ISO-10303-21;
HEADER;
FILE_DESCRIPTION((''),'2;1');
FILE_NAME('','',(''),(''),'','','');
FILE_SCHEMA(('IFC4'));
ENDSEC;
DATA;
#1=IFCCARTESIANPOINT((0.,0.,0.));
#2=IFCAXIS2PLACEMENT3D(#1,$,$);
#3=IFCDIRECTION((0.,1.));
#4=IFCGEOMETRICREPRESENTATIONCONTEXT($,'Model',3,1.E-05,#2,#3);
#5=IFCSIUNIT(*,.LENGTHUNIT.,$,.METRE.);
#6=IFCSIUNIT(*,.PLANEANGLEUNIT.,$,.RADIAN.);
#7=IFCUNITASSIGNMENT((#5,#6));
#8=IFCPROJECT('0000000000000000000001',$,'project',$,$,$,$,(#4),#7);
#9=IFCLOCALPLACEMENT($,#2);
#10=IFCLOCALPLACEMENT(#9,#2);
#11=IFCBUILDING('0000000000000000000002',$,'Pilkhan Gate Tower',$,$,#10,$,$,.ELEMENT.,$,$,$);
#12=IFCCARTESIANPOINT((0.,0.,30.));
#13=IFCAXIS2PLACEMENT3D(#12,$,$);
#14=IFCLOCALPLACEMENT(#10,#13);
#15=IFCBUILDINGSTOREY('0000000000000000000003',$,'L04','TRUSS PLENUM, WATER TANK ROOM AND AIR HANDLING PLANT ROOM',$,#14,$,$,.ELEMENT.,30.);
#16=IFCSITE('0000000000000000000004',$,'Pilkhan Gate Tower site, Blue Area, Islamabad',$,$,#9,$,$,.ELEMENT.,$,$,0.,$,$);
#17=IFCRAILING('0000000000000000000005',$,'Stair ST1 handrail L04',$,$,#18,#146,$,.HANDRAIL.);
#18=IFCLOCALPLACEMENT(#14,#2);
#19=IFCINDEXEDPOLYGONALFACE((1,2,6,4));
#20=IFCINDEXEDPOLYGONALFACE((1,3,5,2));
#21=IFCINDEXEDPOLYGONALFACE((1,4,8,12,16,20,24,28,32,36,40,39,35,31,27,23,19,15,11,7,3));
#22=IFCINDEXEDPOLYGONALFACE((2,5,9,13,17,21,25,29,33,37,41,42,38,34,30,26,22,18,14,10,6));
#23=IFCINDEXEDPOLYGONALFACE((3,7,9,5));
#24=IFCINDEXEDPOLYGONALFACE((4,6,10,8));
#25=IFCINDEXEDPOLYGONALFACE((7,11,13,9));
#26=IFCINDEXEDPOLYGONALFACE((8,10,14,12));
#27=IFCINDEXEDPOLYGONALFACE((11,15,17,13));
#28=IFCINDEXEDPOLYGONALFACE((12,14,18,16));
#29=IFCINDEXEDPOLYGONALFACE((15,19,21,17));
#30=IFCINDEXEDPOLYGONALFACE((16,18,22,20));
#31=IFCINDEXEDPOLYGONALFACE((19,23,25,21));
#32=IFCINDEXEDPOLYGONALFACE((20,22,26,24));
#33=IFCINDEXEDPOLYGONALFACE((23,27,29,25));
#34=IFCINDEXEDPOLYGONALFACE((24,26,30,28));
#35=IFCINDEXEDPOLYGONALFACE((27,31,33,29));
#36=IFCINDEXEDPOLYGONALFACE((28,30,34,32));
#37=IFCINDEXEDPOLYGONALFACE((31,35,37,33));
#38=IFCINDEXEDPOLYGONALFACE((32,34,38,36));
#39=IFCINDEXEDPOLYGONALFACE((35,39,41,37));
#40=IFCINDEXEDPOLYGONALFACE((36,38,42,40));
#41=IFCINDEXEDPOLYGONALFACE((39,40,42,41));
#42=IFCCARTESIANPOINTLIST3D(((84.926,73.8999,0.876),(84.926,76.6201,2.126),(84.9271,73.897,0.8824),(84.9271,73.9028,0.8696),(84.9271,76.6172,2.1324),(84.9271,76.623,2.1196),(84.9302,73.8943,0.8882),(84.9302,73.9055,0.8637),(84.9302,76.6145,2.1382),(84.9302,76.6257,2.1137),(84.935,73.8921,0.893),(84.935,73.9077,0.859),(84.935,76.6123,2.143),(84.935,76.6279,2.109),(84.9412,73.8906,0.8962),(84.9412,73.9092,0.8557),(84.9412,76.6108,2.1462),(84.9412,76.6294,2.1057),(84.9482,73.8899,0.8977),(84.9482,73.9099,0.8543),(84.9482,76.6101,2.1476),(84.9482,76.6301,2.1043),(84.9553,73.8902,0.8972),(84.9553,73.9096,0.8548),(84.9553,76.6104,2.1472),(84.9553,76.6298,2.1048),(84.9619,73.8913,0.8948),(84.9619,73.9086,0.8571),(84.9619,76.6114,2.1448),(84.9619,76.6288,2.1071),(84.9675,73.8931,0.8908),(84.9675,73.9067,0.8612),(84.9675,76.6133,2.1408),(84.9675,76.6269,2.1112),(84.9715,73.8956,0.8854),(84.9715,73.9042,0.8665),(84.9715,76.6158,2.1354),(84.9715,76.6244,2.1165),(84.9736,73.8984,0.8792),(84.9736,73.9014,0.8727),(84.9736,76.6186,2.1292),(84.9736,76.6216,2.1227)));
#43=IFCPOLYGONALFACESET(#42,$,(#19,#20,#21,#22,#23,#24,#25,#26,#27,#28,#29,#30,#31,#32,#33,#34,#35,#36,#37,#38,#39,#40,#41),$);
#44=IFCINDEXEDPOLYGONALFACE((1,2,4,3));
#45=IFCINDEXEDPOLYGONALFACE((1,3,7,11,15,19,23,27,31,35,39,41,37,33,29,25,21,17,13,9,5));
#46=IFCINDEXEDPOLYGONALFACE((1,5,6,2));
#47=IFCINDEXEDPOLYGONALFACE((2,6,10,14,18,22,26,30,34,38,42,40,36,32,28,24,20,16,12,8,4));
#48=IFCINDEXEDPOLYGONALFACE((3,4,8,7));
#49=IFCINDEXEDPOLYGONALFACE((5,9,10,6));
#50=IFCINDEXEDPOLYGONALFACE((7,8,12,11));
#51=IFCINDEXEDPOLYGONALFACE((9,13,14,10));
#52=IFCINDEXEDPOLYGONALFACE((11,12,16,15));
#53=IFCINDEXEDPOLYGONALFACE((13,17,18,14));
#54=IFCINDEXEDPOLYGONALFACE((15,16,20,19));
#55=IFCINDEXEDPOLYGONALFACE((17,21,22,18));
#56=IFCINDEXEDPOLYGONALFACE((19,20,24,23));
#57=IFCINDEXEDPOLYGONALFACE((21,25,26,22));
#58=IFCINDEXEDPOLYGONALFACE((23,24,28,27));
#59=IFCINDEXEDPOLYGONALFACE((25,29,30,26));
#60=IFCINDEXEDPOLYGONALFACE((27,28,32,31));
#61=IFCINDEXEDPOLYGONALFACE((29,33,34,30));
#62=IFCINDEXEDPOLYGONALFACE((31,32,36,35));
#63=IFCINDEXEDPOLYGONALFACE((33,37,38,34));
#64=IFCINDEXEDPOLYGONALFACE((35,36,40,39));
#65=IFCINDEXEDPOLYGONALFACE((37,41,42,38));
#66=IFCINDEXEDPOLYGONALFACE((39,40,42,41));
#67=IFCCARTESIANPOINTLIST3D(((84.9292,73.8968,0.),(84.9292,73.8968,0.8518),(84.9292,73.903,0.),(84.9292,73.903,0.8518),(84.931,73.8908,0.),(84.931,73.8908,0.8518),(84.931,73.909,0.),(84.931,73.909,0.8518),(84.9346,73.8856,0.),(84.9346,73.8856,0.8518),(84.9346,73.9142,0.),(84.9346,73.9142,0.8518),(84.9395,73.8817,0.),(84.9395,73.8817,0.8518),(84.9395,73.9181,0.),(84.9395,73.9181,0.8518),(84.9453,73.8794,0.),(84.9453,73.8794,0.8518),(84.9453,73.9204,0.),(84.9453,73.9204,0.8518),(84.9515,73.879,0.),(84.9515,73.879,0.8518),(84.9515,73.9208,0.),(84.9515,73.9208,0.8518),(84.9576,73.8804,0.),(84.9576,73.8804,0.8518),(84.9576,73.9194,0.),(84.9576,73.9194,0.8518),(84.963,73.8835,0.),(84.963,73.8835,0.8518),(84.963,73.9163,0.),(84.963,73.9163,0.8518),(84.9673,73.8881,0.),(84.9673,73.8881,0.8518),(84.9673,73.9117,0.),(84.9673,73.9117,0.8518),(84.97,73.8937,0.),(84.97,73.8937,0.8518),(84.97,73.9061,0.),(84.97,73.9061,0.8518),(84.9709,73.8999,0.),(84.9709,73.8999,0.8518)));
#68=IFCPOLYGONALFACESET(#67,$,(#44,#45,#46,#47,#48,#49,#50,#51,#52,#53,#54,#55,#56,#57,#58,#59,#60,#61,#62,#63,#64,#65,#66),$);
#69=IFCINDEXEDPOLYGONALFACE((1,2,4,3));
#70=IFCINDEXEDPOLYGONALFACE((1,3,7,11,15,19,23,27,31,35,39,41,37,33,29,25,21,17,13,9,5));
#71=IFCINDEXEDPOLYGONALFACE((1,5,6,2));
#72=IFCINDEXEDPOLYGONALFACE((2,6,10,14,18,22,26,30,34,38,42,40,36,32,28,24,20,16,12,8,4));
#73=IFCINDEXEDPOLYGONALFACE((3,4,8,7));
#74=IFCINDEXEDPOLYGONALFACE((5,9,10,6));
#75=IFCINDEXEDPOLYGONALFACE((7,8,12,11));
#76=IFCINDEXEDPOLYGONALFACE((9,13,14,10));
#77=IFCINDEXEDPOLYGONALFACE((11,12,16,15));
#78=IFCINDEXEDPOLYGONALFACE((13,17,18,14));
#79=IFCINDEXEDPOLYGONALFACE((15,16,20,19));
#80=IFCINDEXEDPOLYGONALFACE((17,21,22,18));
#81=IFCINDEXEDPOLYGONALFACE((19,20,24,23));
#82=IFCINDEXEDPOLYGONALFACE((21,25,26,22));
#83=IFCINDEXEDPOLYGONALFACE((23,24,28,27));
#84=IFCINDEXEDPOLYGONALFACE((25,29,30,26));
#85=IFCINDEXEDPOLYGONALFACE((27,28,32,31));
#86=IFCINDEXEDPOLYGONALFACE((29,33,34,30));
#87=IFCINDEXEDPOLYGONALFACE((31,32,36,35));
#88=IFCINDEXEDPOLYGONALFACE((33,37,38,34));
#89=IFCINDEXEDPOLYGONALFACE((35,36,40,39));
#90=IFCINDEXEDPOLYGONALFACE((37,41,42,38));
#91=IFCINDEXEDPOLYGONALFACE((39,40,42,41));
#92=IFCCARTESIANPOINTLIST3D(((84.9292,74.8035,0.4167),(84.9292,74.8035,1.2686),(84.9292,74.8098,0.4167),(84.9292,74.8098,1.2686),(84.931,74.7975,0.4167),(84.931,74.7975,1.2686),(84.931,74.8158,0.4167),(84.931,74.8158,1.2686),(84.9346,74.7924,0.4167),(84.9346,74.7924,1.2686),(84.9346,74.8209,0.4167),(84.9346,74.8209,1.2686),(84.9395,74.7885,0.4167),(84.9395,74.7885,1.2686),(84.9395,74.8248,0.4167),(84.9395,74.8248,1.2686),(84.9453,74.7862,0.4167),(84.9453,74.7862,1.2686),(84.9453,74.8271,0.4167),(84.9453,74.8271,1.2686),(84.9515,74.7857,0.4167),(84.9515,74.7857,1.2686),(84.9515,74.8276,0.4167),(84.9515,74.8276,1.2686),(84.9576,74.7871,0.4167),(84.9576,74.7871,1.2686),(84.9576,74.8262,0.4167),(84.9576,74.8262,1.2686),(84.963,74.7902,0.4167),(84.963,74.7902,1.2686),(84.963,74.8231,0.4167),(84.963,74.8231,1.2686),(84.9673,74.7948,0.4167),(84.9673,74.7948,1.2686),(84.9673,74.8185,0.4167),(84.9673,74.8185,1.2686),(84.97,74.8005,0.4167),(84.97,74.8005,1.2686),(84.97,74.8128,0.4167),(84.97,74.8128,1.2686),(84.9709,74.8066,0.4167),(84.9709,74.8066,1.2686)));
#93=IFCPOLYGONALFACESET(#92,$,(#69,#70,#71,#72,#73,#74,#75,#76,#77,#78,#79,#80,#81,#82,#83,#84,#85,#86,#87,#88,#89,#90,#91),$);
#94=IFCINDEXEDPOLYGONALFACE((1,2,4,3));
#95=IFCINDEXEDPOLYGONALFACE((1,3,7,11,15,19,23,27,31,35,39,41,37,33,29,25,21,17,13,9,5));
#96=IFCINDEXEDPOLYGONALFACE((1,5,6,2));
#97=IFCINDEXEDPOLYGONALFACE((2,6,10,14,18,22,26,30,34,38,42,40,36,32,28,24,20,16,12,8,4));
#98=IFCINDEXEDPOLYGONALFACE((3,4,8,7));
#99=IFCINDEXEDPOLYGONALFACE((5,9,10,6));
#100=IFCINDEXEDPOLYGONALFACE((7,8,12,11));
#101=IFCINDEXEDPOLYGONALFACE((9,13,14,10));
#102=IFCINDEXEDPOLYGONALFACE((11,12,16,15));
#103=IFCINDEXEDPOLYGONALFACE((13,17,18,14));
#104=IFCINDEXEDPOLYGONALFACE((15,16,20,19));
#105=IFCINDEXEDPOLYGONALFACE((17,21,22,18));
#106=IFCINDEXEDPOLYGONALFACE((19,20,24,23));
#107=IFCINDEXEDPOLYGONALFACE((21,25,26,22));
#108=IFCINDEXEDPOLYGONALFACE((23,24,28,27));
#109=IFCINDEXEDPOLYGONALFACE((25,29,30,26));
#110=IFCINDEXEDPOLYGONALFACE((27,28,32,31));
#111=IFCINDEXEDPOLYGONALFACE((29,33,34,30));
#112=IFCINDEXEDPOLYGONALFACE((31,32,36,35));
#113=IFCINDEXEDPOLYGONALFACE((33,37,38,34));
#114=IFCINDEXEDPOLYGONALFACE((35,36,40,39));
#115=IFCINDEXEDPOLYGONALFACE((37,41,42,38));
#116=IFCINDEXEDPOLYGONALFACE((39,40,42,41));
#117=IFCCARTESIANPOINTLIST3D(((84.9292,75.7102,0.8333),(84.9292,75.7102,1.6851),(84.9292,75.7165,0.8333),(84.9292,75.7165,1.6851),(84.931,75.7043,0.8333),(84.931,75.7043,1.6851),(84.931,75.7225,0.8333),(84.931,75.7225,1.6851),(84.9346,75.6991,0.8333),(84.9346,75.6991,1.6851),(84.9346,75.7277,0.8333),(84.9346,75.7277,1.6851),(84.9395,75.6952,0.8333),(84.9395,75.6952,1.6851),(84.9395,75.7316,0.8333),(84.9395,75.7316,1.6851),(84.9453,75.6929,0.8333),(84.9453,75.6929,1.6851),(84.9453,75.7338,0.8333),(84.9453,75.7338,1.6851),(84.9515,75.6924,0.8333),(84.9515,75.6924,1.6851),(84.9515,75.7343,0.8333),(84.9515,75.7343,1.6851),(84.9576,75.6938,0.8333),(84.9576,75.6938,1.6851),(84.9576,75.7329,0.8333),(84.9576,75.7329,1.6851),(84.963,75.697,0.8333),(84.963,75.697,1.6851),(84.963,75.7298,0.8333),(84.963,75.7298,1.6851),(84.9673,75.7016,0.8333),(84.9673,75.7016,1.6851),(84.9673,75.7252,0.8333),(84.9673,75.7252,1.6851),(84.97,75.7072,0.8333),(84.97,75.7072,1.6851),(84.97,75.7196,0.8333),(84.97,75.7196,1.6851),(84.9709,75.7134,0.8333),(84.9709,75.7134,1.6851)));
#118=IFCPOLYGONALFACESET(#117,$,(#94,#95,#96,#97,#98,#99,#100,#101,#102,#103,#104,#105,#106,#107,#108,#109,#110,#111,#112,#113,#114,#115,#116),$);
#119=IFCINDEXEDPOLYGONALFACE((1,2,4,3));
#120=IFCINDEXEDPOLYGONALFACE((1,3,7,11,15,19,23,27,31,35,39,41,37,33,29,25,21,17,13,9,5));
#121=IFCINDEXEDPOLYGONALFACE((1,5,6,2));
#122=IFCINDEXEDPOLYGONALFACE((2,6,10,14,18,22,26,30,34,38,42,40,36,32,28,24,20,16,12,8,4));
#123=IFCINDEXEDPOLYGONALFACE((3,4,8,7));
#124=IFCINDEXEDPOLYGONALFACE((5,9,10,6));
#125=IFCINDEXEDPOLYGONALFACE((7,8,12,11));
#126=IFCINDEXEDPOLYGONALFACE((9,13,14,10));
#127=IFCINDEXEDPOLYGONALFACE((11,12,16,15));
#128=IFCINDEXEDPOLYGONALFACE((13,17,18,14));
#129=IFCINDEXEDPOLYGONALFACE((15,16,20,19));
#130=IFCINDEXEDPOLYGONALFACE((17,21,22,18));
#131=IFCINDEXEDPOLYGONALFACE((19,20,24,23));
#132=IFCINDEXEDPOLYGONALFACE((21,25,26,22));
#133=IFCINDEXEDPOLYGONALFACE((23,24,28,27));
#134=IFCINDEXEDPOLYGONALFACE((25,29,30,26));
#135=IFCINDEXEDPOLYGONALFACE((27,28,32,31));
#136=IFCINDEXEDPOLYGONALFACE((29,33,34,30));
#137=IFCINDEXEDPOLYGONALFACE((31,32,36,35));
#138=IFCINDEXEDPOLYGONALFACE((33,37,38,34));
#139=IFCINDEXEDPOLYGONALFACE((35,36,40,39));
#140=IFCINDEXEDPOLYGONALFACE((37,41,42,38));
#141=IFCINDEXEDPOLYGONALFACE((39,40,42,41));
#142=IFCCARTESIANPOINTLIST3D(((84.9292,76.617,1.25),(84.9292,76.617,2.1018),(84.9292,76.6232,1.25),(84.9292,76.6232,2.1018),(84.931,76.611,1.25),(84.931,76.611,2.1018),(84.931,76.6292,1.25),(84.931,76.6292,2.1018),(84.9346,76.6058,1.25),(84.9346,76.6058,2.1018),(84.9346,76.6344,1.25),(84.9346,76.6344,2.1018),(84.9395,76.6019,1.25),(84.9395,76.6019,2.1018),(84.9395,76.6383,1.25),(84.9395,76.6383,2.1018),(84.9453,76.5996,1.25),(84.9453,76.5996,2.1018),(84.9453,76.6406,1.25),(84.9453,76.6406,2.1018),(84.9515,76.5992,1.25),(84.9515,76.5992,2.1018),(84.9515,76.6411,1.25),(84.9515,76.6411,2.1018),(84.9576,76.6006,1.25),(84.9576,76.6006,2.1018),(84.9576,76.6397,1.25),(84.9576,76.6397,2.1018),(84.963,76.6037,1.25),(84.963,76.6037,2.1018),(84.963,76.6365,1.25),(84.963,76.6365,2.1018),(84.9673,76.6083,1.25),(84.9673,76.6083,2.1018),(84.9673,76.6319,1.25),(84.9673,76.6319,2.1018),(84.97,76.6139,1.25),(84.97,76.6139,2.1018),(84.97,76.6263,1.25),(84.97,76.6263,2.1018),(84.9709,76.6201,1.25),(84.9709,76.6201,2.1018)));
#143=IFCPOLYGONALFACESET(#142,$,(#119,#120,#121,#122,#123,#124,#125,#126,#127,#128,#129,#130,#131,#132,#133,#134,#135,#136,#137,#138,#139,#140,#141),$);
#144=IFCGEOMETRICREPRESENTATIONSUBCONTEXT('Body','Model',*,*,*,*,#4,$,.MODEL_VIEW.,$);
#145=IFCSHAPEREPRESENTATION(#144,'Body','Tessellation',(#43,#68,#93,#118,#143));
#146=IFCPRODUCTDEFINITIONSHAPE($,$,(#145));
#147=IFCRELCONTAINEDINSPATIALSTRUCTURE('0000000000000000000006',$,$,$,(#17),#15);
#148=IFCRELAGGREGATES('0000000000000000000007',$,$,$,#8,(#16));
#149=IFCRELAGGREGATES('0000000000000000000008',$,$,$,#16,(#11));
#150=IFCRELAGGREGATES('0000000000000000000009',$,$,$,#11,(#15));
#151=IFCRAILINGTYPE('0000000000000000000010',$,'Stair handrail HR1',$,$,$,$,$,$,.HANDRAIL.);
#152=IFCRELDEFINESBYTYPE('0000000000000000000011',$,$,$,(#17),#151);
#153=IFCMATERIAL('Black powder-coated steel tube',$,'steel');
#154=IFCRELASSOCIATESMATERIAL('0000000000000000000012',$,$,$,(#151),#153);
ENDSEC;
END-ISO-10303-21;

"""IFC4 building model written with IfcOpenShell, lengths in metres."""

from ifc_helpers import new_model, si_unit, direction, frame, origin, origin_2d, place, context, subcontext, project, spatial, circle, extrude, material, type_object, element, save


model = new_model("IFC4")

# Units and contexts
model_context = context("Model", 3, precision=1e-05, world=origin(), true_north=direction((0.0, 1.0)))
body_context = subcontext(model_context, "Body", "Model", "MODEL_VIEW")
ifc_project = project(units=[si_unit("LENGTHUNIT", "METRE"), si_unit("PLANEANGLEUNIT", "RADIAN")], contexts=[model_context])

# Site, building, storey
site_placement = place(None, origin())
site = spatial("IfcSite", under=ifc_project, at=site_placement, Name="Pilkhan Gate Tower site, Blue Area, Islamabad", CompositionType="ELEMENT", RefElevation=0.0)
building_placement = place(site_placement, origin())
building = spatial("IfcBuilding", under=site, at=building_placement, Name="Pilkhan Gate Tower", CompositionType="ELEMENT")
storey_placement = place(building_placement, frame((0.0, 0.0, 30.0)))
storey = spatial("IfcBuildingStorey", under=building, at=storey_placement, Name="L04", Description="TRUSS PLENUM, WATER TANK ROOM AND AIR HANDLING PLANT ROOM", CompositionType="ELEMENT", Elevation=30.0)

# Railing
ifc_material_1 = material(Name="Black powder-coated steel tube", Category="steel")
railing_type_1 = type_object("IfcRailingType", Name="Stair handrail HR1", PredefinedType="HANDRAIL", material=ifc_material_1)
for number, where, name in (
    (1, (84.95, 73.8999, 0.0), "Stair ST1 handrail L04"),
):
    element("IfcRailing", number, at=place(storey_placement, frame(where)), inside=storey, type_object=railing_type_1, Name=name, PredefinedType="HANDRAIL", context=body_context, shape_type="SweptSolid", body=[
        extrude(circle(Radius=0.0239, at=origin_2d()), frame((0.0, 0.0, 0.876), z_axis=(0.0, 0.908655, 0.417547), x_axis=(-1.0, 0.0, 0.0)), (0.0, 0.0, 1.0), 2.9937),
        extrude(circle(Radius=0.021, at=origin_2d()), origin(), (0.0, 0.0, 1.0), 0.8518),
        extrude(circle(Radius=0.021, at=origin_2d()), frame((0.0, 0.9067, 0.4167)), (0.0, 0.0, 1.0), 0.8518),
        extrude(circle(Radius=0.021, at=origin_2d()), frame((0.0, 1.8135, 0.8333)), (0.0, 0.0, 1.0), 0.8518),
        extrude(circle(Radius=0.021, at=origin_2d()), frame((0.0, 2.7202, 1.25)), (0.0, 0.0, 1.0), 0.8518),
    ])

save(model, "model.ifc")
